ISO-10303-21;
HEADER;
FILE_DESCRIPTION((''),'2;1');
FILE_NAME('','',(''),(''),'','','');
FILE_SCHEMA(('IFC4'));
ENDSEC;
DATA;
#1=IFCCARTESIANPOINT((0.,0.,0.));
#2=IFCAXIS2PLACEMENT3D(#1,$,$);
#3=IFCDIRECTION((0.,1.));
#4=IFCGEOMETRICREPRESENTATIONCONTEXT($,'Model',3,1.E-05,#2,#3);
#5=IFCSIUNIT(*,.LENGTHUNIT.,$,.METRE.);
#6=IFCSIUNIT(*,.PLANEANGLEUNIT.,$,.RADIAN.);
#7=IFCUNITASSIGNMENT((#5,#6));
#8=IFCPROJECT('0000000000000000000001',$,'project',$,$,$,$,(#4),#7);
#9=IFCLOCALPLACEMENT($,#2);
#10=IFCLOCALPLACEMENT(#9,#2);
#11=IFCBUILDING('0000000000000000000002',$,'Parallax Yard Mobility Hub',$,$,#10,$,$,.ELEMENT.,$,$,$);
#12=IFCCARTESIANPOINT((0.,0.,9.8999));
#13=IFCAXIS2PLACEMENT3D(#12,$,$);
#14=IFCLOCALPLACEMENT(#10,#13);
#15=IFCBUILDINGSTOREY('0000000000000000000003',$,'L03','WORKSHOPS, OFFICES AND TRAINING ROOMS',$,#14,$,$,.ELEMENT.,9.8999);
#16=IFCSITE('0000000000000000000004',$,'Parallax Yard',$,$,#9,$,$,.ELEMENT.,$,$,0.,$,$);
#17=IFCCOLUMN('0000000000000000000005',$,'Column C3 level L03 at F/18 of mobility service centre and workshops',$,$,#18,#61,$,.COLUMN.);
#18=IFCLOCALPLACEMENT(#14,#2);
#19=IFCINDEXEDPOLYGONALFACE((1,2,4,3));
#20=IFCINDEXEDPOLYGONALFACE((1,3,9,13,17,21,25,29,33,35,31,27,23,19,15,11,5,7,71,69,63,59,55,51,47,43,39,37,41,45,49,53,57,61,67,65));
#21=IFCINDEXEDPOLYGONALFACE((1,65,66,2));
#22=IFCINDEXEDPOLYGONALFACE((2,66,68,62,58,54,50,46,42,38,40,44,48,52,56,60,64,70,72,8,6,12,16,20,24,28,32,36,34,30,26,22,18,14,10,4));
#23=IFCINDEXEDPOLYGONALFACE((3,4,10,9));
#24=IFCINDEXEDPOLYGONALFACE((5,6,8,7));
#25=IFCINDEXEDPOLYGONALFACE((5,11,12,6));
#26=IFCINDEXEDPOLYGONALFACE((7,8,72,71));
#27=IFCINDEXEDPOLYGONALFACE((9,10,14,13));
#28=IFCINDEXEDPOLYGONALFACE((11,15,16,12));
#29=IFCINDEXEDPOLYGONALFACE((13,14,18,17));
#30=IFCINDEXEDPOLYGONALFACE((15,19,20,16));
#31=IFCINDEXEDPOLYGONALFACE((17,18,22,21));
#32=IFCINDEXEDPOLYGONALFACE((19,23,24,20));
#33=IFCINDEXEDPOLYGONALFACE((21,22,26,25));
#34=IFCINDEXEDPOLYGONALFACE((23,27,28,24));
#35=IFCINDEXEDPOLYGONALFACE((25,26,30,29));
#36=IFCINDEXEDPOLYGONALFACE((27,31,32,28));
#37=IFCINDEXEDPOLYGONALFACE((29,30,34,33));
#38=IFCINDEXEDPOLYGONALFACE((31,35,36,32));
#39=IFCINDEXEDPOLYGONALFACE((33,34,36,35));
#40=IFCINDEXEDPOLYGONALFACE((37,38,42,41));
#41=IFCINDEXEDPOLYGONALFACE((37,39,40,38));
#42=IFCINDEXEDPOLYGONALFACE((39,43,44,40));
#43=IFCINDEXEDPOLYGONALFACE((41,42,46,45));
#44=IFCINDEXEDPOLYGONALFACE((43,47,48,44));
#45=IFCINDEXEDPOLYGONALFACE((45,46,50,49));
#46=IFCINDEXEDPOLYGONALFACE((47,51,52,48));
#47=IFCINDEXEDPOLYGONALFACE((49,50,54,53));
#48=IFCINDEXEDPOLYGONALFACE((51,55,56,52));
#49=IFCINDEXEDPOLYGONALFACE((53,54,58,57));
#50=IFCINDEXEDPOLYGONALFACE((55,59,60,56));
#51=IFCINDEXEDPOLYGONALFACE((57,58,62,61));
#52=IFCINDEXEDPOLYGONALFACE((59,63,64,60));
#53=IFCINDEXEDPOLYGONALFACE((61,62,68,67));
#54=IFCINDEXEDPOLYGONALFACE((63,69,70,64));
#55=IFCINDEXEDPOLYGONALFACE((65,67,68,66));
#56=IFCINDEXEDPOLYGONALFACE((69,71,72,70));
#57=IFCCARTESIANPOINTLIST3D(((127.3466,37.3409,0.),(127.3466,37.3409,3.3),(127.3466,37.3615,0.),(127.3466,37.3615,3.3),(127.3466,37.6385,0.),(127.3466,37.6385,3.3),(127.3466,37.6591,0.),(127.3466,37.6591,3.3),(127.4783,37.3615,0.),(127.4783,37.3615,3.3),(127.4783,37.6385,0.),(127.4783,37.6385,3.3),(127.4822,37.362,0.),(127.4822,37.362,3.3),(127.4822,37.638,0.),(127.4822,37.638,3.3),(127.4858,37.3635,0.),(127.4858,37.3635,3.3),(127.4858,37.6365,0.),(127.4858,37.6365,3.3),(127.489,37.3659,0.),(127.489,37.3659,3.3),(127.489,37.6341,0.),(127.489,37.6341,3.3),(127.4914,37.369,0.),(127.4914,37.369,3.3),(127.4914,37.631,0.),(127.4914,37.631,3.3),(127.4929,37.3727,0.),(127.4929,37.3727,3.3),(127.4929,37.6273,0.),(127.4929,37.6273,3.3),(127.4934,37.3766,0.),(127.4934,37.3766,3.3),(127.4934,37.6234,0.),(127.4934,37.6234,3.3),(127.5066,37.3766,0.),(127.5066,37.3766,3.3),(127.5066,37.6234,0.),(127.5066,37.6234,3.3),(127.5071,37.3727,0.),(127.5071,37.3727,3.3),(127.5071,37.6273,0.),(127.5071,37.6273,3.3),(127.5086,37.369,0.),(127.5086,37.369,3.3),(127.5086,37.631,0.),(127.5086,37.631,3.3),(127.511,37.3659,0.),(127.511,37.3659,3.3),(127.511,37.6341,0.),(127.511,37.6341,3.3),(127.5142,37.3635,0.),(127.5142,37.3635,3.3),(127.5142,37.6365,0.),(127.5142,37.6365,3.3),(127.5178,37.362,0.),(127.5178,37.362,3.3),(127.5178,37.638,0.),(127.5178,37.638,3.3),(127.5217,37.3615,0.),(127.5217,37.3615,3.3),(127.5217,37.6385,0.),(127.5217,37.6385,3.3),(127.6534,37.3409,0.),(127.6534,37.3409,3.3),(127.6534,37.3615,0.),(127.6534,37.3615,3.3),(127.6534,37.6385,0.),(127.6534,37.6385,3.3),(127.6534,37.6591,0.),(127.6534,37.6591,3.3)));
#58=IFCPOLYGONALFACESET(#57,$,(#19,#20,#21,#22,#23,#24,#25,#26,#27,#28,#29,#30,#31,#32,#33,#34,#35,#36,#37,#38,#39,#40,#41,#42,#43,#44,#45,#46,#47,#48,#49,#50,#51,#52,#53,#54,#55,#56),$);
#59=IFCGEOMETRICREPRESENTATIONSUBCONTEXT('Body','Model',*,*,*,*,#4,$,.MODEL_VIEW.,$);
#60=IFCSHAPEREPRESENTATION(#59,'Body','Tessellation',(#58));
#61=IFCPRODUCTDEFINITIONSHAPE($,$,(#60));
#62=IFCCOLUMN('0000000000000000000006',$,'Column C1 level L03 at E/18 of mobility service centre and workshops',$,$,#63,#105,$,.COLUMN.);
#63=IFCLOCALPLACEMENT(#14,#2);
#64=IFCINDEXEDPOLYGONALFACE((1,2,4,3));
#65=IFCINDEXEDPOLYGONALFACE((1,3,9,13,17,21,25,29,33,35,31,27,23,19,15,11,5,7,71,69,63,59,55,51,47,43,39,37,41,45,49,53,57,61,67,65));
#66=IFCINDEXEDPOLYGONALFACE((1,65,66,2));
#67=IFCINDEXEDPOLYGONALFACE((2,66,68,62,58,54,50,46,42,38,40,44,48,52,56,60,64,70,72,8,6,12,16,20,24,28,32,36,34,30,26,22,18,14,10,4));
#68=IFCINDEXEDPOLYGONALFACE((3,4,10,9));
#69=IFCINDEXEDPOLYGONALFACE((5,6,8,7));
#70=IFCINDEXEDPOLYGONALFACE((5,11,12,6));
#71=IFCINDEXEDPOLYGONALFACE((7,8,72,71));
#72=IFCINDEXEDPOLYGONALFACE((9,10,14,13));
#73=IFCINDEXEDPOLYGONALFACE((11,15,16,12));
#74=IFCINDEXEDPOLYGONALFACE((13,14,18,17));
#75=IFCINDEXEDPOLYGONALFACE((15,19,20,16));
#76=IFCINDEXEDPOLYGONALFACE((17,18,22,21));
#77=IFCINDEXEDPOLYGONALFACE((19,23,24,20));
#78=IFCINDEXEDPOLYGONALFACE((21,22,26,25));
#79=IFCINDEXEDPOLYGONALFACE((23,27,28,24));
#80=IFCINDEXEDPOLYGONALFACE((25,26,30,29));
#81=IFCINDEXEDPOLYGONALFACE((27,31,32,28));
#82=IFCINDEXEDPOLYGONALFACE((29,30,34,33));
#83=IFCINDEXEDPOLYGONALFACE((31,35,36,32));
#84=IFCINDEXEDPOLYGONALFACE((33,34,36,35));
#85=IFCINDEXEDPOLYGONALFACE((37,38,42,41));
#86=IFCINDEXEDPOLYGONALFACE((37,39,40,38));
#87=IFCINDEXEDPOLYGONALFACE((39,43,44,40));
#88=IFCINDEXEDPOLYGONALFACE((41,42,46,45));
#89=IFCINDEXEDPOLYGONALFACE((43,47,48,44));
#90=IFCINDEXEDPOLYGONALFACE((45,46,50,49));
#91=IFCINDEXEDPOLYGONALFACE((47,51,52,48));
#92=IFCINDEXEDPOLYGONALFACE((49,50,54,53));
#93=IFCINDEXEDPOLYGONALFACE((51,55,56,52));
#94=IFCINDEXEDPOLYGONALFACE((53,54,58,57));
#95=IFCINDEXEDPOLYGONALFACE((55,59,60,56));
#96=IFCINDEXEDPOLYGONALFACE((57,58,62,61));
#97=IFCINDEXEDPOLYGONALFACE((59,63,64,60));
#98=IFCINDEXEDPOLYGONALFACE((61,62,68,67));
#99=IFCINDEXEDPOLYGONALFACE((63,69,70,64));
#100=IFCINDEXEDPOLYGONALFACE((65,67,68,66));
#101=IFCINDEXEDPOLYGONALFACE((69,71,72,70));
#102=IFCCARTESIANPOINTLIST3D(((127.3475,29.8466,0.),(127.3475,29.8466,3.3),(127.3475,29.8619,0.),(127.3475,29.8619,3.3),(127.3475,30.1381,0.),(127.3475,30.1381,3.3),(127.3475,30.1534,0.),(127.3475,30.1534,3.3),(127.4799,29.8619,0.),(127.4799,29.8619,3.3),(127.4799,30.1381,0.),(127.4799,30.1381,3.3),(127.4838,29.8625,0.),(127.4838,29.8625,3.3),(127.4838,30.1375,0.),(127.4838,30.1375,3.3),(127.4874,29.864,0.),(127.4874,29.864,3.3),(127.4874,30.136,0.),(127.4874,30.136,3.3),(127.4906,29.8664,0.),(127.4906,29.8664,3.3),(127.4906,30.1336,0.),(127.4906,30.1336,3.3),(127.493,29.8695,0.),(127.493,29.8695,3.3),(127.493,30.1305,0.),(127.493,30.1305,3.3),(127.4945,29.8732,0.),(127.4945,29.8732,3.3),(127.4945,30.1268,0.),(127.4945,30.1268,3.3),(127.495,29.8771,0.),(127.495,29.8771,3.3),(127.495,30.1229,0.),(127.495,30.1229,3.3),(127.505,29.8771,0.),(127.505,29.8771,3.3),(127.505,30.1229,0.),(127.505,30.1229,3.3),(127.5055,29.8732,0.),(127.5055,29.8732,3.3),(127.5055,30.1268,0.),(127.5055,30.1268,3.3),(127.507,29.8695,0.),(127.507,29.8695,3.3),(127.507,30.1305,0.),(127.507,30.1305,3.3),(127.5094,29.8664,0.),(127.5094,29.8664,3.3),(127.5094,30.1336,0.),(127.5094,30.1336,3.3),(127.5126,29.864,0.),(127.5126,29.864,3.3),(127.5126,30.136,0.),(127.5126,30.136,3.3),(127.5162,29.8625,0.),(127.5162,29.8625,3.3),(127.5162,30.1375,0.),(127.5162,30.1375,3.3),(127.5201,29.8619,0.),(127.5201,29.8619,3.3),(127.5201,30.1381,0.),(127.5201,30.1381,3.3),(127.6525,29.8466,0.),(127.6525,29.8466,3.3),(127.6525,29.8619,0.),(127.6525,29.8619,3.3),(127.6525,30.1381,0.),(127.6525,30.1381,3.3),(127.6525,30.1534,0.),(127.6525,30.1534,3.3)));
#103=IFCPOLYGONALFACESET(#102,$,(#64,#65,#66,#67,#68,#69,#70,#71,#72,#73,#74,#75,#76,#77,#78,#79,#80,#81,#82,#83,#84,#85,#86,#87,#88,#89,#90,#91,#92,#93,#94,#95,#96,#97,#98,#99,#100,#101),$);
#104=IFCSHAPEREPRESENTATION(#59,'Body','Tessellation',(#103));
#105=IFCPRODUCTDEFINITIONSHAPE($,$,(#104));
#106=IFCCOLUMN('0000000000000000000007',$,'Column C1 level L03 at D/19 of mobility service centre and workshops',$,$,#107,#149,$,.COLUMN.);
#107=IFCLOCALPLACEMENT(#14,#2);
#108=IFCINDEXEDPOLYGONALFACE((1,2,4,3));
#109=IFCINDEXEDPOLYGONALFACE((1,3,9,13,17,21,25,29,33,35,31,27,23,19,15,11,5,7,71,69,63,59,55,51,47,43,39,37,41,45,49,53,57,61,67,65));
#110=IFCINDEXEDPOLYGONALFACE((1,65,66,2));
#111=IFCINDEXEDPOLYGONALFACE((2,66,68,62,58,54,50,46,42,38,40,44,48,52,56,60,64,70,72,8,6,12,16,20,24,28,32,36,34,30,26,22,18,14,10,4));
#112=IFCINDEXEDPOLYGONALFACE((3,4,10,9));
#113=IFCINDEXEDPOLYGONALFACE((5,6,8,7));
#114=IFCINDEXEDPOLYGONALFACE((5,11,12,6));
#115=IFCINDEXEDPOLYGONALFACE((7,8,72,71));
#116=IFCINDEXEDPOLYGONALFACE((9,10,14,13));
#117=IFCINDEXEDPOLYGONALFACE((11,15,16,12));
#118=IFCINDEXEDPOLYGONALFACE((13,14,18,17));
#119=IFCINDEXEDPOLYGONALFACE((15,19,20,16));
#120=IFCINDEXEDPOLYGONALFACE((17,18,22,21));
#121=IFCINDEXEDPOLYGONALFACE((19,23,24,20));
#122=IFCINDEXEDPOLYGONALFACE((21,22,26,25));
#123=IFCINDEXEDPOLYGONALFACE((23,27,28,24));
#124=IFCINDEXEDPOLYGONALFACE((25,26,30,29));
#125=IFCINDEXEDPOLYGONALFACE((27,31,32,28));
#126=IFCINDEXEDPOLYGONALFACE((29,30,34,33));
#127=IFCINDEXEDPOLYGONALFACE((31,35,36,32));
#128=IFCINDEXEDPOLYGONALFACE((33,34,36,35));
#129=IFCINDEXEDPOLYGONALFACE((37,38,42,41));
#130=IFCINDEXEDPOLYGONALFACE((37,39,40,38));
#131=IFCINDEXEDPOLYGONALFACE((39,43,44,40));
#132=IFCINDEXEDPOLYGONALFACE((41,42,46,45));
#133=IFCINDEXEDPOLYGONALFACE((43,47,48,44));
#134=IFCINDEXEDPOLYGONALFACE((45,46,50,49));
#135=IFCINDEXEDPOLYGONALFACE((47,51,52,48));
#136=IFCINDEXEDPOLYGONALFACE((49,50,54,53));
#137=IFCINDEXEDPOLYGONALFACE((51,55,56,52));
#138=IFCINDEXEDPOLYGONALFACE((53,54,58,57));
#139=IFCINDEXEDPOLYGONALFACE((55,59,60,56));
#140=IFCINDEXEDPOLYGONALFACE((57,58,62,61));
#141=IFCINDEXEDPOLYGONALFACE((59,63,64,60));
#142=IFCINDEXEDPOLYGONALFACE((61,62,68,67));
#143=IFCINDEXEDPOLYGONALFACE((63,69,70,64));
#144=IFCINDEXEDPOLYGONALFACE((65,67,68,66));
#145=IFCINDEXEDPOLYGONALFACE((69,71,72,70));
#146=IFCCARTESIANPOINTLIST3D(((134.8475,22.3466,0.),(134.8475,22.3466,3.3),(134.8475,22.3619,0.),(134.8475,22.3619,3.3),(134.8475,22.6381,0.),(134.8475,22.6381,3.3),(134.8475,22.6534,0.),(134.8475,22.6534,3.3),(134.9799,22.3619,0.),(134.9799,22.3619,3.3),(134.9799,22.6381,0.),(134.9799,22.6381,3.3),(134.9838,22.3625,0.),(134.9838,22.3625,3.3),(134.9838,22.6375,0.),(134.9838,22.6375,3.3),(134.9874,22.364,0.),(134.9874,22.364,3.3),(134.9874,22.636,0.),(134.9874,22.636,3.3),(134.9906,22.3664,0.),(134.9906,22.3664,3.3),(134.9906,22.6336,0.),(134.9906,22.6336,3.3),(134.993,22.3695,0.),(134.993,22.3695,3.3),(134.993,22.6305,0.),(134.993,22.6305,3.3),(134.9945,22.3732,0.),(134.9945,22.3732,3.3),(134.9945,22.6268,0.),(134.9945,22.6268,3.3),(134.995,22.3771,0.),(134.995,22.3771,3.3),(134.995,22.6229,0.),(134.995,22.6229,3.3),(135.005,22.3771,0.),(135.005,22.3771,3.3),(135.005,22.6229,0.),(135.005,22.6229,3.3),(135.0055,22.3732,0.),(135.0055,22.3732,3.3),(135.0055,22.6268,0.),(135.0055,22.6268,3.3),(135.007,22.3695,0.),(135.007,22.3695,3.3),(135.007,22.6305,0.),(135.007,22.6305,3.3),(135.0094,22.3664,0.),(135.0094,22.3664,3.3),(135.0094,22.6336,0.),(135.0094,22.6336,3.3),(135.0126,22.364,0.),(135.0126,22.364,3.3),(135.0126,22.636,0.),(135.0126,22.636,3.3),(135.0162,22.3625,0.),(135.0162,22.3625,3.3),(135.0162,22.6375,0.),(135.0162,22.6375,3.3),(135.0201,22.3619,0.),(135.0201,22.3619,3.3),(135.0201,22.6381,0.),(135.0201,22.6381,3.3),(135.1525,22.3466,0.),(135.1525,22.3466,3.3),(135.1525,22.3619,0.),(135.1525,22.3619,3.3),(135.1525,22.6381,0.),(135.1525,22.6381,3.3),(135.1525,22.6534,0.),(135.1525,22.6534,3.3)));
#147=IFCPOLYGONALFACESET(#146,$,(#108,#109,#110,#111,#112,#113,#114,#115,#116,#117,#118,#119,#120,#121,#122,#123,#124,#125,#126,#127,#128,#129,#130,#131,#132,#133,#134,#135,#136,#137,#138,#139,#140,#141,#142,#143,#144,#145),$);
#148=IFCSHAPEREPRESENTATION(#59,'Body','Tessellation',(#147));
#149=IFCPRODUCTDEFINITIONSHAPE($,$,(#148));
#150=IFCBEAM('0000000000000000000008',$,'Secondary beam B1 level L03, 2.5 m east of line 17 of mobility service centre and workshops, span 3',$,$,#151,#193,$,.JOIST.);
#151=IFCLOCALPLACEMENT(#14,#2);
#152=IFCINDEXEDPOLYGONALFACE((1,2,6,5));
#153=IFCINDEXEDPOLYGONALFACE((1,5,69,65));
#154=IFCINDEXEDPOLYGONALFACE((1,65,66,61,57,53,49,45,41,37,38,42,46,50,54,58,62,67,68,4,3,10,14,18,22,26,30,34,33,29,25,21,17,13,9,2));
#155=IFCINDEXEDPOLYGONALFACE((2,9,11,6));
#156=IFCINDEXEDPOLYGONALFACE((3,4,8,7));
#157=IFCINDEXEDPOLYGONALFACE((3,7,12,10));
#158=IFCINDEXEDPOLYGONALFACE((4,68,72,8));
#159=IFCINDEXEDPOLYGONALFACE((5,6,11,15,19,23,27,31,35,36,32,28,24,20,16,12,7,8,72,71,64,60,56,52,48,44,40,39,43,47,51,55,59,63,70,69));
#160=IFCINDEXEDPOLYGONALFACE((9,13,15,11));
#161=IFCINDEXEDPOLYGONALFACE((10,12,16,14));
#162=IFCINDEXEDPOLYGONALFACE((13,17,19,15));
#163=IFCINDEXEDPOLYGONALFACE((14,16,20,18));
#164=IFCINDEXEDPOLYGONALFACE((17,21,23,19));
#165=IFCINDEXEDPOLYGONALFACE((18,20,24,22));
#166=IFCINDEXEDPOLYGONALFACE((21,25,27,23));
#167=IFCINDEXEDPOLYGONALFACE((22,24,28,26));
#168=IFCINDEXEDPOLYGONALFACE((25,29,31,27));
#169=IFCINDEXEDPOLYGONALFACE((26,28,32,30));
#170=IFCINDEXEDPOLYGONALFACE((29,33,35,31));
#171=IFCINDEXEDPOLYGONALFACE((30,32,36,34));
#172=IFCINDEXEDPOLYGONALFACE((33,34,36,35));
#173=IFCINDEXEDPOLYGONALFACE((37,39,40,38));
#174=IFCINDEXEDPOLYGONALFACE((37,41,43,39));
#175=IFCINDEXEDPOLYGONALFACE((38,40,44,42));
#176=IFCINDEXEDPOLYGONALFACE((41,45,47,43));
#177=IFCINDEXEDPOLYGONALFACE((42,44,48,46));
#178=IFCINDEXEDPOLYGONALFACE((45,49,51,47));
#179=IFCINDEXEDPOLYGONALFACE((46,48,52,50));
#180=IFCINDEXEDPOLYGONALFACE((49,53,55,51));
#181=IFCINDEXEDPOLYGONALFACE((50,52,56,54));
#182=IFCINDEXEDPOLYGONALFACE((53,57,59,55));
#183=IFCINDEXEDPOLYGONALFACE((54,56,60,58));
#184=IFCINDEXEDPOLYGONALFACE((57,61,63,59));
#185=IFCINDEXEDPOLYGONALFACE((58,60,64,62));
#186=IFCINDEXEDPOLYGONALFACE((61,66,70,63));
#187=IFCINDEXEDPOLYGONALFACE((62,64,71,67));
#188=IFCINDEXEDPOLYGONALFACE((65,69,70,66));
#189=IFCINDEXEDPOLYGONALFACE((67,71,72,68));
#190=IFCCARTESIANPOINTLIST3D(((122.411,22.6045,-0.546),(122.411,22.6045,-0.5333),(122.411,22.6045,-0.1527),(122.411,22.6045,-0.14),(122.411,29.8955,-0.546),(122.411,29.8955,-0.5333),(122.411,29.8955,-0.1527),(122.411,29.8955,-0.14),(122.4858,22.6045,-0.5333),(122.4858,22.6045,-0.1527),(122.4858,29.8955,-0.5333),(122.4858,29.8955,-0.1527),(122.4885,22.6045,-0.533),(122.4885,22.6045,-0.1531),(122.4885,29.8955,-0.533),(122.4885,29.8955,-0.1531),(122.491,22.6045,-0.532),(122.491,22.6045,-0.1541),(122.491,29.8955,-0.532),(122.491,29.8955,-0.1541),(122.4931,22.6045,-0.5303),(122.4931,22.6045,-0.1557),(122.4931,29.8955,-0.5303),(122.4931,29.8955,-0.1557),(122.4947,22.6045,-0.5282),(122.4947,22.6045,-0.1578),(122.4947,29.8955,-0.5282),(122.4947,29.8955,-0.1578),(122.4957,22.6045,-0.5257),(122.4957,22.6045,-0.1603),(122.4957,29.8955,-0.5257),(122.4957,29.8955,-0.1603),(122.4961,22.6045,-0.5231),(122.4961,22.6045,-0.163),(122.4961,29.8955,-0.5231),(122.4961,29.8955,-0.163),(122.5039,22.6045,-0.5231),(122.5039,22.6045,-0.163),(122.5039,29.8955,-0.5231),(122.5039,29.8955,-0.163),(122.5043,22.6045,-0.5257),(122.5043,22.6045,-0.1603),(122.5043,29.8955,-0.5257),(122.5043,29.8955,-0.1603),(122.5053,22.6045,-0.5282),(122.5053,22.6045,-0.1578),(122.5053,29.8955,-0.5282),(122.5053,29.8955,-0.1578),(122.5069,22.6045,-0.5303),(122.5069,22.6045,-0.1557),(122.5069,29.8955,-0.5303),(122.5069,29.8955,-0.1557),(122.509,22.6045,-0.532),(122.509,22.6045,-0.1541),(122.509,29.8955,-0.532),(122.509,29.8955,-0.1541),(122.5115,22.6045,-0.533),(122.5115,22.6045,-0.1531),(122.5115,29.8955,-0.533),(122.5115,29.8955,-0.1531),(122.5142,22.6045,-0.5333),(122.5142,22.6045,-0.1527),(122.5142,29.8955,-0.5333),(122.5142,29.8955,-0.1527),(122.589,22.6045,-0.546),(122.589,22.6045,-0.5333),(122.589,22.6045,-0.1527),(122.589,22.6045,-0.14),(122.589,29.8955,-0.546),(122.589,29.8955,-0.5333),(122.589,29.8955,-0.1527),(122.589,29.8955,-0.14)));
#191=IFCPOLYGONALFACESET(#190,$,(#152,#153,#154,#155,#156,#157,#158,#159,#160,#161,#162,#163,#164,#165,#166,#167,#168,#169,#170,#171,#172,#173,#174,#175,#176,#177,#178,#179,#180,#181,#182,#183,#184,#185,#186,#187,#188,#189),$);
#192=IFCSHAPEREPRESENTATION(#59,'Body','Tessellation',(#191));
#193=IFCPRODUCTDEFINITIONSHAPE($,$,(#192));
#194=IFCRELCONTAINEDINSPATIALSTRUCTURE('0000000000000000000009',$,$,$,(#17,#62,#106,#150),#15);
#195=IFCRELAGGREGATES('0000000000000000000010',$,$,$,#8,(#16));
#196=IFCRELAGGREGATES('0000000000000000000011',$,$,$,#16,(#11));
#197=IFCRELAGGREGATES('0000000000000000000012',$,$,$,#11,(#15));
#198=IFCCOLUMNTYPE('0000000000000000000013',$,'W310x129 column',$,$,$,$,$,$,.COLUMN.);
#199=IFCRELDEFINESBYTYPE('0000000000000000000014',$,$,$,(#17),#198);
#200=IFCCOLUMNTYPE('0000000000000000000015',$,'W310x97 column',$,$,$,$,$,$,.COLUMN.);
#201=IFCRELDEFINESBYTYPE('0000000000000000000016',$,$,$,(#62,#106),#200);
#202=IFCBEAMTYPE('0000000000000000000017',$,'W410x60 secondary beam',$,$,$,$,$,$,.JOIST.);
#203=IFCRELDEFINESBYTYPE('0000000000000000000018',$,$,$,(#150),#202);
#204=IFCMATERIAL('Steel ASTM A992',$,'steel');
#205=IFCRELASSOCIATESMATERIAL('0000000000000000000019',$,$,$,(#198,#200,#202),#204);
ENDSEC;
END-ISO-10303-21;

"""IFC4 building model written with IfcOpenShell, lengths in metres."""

from ifc_helpers import new_model, si_unit, direction, frame, origin, origin_2d, place, context, subcontext, project, spatial, i_section, extrude, material, material_profile, profile_set, type_object, element, save


model = new_model("IFC4")

# Units and contexts
model_context = context("Model", 3, precision=1e-05, world=origin(), true_north=direction((0.0, 1.0)))
body_context = subcontext(model_context, "Body", "Model", "MODEL_VIEW")
ifc_project = project(units=[si_unit("LENGTHUNIT", "METRE"), si_unit("PLANEANGLEUNIT", "RADIAN")], contexts=[model_context])

# Site, building, storey
site_placement = place(None, origin())
site = spatial("IfcSite", under=ifc_project, at=site_placement, Name="Parallax Yard", CompositionType="ELEMENT", RefElevation=0.0)
building_placement = place(site_placement, origin())
building = spatial("IfcBuilding", under=site, at=building_placement, Name="Parallax Yard Mobility Hub", CompositionType="ELEMENT")
storey_placement = place(building_placement, frame((0.0, 0.0, 9.8999)))
storey = spatial("IfcBuildingStorey", under=building, at=storey_placement, Name="L03", Description="WORKSHOPS, OFFICES AND TRAINING ROOMS", CompositionType="ELEMENT", Elevation=9.8999)

# Columns
ifc_material_1 = material(Name="Steel ASTM A992", Category="steel")
ifc_material_profile_1 = material_profile(ifc_material_1, i_section(OverallWidth=0.3069, OverallDepth=0.3181, WebThickness=0.0132, FlangeThickness=0.0205, FilletRadius=0.0151, at=origin_2d()), Name="W310x129")
ifc_profile_set_1 = profile_set([ifc_material_profile_1], Name="Steel ASTM A992")
column_type_1 = type_object("IfcColumnType", Name="W310x129 column", PredefinedType="COLUMN", material=ifc_profile_set_1)
column_placement = place(storey_placement, frame((127.5, 37.5, 0.0), z_axis=(0.0, 0.0, 1.0), x_axis=(1.0, 0.0, 0.0)))
element("IfcColumn", 1, at=column_placement, inside=storey, type_object=column_type_1, Name="Column C3 level L03 at F/18 of mobility service centre and workshops", PredefinedType="COLUMN", context=body_context, shape_type="SweptSolid", body=[
    extrude(i_section(OverallWidth=0.3069, OverallDepth=0.3181, WebThickness=0.0132, FlangeThickness=0.0205, FilletRadius=0.0151, at=origin_2d()), origin(), (0.0, 0.0, 1.0), 3.3),
])
ifc_material_profile_2 = material_profile(ifc_material_1, i_section(OverallWidth=0.3049, OverallDepth=0.3069, WebThickness=0.01, FlangeThickness=0.0154, FilletRadius=0.0151, at=origin_2d()), Name="W310x97")
ifc_profile_set_2 = profile_set([ifc_material_profile_2], Name="Steel ASTM A992")
column_type_2 = type_object("IfcColumnType", Name="W310x97 column", PredefinedType="COLUMN", material=ifc_profile_set_2)
for number, where, z_axis, x_axis, name in (
    (2, (127.5, 30.0, 0.0), (0.0, 0.0, 1.0), (1.0, 0.0, 0.0), "Column C1 level L03 at E/18 of mobility service centre and workshops"),
    (3, (135.0, 22.5, 0.0), (0.0, 0.0, 1.0), (1.0, 0.0, 0.0), "Column C1 level L03 at D/19 of mobility service centre and workshops"),
):
    element("IfcColumn", number, at=place(storey_placement, frame(where, z_axis=z_axis, x_axis=x_axis)), inside=storey, type_object=column_type_2, Name=name, PredefinedType="COLUMN", context=body_context, shape_type="SweptSolid", body=[
        extrude(i_section(OverallWidth=0.3049, OverallDepth=0.3069, WebThickness=0.01, FlangeThickness=0.0154, FilletRadius=0.0151, at=origin_2d()), origin(), (0.0, 0.0, 1.0), 3.3),
    ])

# Beam
ifc_material_profile_3 = material_profile(ifc_material_1, i_section(OverallWidth=0.178, OverallDepth=0.406, WebThickness=0.0078, FlangeThickness=0.0127, FilletRadius=0.0103, at=origin_2d()), Name="W410x60")
ifc_profile_set_3 = profile_set([ifc_material_profile_3], Name="Steel ASTM A992")
beam_type_1 = type_object("IfcBeamType", Name="W410x60 secondary beam", PredefinedType="JOIST", material=ifc_profile_set_3)
for number, where, z_axis, x_axis, name in (
    (4, (122.5, 22.6045, -0.343), (0.0, 1.0, 0.0), (-1.0, 0.0, 0.0), "Secondary beam B1 level L03, 2.5 m east of line 17 of mobility service centre and workshops, span 3"),
):
    element("IfcBeam", number, at=place(storey_placement, frame(where, z_axis=z_axis, x_axis=x_axis)), inside=storey, type_object=beam_type_1, Name=name, PredefinedType="JOIST", context=body_context, shape_type="SweptSolid", body=[
        extrude(i_section(OverallWidth=0.178, OverallDepth=0.406, WebThickness=0.0078, FlangeThickness=0.0127, FilletRadius=0.0103, at=origin_2d()), origin(), (0.0, 0.0, 1.0), 7.291),
    ])

save(model, "model.ifc")
